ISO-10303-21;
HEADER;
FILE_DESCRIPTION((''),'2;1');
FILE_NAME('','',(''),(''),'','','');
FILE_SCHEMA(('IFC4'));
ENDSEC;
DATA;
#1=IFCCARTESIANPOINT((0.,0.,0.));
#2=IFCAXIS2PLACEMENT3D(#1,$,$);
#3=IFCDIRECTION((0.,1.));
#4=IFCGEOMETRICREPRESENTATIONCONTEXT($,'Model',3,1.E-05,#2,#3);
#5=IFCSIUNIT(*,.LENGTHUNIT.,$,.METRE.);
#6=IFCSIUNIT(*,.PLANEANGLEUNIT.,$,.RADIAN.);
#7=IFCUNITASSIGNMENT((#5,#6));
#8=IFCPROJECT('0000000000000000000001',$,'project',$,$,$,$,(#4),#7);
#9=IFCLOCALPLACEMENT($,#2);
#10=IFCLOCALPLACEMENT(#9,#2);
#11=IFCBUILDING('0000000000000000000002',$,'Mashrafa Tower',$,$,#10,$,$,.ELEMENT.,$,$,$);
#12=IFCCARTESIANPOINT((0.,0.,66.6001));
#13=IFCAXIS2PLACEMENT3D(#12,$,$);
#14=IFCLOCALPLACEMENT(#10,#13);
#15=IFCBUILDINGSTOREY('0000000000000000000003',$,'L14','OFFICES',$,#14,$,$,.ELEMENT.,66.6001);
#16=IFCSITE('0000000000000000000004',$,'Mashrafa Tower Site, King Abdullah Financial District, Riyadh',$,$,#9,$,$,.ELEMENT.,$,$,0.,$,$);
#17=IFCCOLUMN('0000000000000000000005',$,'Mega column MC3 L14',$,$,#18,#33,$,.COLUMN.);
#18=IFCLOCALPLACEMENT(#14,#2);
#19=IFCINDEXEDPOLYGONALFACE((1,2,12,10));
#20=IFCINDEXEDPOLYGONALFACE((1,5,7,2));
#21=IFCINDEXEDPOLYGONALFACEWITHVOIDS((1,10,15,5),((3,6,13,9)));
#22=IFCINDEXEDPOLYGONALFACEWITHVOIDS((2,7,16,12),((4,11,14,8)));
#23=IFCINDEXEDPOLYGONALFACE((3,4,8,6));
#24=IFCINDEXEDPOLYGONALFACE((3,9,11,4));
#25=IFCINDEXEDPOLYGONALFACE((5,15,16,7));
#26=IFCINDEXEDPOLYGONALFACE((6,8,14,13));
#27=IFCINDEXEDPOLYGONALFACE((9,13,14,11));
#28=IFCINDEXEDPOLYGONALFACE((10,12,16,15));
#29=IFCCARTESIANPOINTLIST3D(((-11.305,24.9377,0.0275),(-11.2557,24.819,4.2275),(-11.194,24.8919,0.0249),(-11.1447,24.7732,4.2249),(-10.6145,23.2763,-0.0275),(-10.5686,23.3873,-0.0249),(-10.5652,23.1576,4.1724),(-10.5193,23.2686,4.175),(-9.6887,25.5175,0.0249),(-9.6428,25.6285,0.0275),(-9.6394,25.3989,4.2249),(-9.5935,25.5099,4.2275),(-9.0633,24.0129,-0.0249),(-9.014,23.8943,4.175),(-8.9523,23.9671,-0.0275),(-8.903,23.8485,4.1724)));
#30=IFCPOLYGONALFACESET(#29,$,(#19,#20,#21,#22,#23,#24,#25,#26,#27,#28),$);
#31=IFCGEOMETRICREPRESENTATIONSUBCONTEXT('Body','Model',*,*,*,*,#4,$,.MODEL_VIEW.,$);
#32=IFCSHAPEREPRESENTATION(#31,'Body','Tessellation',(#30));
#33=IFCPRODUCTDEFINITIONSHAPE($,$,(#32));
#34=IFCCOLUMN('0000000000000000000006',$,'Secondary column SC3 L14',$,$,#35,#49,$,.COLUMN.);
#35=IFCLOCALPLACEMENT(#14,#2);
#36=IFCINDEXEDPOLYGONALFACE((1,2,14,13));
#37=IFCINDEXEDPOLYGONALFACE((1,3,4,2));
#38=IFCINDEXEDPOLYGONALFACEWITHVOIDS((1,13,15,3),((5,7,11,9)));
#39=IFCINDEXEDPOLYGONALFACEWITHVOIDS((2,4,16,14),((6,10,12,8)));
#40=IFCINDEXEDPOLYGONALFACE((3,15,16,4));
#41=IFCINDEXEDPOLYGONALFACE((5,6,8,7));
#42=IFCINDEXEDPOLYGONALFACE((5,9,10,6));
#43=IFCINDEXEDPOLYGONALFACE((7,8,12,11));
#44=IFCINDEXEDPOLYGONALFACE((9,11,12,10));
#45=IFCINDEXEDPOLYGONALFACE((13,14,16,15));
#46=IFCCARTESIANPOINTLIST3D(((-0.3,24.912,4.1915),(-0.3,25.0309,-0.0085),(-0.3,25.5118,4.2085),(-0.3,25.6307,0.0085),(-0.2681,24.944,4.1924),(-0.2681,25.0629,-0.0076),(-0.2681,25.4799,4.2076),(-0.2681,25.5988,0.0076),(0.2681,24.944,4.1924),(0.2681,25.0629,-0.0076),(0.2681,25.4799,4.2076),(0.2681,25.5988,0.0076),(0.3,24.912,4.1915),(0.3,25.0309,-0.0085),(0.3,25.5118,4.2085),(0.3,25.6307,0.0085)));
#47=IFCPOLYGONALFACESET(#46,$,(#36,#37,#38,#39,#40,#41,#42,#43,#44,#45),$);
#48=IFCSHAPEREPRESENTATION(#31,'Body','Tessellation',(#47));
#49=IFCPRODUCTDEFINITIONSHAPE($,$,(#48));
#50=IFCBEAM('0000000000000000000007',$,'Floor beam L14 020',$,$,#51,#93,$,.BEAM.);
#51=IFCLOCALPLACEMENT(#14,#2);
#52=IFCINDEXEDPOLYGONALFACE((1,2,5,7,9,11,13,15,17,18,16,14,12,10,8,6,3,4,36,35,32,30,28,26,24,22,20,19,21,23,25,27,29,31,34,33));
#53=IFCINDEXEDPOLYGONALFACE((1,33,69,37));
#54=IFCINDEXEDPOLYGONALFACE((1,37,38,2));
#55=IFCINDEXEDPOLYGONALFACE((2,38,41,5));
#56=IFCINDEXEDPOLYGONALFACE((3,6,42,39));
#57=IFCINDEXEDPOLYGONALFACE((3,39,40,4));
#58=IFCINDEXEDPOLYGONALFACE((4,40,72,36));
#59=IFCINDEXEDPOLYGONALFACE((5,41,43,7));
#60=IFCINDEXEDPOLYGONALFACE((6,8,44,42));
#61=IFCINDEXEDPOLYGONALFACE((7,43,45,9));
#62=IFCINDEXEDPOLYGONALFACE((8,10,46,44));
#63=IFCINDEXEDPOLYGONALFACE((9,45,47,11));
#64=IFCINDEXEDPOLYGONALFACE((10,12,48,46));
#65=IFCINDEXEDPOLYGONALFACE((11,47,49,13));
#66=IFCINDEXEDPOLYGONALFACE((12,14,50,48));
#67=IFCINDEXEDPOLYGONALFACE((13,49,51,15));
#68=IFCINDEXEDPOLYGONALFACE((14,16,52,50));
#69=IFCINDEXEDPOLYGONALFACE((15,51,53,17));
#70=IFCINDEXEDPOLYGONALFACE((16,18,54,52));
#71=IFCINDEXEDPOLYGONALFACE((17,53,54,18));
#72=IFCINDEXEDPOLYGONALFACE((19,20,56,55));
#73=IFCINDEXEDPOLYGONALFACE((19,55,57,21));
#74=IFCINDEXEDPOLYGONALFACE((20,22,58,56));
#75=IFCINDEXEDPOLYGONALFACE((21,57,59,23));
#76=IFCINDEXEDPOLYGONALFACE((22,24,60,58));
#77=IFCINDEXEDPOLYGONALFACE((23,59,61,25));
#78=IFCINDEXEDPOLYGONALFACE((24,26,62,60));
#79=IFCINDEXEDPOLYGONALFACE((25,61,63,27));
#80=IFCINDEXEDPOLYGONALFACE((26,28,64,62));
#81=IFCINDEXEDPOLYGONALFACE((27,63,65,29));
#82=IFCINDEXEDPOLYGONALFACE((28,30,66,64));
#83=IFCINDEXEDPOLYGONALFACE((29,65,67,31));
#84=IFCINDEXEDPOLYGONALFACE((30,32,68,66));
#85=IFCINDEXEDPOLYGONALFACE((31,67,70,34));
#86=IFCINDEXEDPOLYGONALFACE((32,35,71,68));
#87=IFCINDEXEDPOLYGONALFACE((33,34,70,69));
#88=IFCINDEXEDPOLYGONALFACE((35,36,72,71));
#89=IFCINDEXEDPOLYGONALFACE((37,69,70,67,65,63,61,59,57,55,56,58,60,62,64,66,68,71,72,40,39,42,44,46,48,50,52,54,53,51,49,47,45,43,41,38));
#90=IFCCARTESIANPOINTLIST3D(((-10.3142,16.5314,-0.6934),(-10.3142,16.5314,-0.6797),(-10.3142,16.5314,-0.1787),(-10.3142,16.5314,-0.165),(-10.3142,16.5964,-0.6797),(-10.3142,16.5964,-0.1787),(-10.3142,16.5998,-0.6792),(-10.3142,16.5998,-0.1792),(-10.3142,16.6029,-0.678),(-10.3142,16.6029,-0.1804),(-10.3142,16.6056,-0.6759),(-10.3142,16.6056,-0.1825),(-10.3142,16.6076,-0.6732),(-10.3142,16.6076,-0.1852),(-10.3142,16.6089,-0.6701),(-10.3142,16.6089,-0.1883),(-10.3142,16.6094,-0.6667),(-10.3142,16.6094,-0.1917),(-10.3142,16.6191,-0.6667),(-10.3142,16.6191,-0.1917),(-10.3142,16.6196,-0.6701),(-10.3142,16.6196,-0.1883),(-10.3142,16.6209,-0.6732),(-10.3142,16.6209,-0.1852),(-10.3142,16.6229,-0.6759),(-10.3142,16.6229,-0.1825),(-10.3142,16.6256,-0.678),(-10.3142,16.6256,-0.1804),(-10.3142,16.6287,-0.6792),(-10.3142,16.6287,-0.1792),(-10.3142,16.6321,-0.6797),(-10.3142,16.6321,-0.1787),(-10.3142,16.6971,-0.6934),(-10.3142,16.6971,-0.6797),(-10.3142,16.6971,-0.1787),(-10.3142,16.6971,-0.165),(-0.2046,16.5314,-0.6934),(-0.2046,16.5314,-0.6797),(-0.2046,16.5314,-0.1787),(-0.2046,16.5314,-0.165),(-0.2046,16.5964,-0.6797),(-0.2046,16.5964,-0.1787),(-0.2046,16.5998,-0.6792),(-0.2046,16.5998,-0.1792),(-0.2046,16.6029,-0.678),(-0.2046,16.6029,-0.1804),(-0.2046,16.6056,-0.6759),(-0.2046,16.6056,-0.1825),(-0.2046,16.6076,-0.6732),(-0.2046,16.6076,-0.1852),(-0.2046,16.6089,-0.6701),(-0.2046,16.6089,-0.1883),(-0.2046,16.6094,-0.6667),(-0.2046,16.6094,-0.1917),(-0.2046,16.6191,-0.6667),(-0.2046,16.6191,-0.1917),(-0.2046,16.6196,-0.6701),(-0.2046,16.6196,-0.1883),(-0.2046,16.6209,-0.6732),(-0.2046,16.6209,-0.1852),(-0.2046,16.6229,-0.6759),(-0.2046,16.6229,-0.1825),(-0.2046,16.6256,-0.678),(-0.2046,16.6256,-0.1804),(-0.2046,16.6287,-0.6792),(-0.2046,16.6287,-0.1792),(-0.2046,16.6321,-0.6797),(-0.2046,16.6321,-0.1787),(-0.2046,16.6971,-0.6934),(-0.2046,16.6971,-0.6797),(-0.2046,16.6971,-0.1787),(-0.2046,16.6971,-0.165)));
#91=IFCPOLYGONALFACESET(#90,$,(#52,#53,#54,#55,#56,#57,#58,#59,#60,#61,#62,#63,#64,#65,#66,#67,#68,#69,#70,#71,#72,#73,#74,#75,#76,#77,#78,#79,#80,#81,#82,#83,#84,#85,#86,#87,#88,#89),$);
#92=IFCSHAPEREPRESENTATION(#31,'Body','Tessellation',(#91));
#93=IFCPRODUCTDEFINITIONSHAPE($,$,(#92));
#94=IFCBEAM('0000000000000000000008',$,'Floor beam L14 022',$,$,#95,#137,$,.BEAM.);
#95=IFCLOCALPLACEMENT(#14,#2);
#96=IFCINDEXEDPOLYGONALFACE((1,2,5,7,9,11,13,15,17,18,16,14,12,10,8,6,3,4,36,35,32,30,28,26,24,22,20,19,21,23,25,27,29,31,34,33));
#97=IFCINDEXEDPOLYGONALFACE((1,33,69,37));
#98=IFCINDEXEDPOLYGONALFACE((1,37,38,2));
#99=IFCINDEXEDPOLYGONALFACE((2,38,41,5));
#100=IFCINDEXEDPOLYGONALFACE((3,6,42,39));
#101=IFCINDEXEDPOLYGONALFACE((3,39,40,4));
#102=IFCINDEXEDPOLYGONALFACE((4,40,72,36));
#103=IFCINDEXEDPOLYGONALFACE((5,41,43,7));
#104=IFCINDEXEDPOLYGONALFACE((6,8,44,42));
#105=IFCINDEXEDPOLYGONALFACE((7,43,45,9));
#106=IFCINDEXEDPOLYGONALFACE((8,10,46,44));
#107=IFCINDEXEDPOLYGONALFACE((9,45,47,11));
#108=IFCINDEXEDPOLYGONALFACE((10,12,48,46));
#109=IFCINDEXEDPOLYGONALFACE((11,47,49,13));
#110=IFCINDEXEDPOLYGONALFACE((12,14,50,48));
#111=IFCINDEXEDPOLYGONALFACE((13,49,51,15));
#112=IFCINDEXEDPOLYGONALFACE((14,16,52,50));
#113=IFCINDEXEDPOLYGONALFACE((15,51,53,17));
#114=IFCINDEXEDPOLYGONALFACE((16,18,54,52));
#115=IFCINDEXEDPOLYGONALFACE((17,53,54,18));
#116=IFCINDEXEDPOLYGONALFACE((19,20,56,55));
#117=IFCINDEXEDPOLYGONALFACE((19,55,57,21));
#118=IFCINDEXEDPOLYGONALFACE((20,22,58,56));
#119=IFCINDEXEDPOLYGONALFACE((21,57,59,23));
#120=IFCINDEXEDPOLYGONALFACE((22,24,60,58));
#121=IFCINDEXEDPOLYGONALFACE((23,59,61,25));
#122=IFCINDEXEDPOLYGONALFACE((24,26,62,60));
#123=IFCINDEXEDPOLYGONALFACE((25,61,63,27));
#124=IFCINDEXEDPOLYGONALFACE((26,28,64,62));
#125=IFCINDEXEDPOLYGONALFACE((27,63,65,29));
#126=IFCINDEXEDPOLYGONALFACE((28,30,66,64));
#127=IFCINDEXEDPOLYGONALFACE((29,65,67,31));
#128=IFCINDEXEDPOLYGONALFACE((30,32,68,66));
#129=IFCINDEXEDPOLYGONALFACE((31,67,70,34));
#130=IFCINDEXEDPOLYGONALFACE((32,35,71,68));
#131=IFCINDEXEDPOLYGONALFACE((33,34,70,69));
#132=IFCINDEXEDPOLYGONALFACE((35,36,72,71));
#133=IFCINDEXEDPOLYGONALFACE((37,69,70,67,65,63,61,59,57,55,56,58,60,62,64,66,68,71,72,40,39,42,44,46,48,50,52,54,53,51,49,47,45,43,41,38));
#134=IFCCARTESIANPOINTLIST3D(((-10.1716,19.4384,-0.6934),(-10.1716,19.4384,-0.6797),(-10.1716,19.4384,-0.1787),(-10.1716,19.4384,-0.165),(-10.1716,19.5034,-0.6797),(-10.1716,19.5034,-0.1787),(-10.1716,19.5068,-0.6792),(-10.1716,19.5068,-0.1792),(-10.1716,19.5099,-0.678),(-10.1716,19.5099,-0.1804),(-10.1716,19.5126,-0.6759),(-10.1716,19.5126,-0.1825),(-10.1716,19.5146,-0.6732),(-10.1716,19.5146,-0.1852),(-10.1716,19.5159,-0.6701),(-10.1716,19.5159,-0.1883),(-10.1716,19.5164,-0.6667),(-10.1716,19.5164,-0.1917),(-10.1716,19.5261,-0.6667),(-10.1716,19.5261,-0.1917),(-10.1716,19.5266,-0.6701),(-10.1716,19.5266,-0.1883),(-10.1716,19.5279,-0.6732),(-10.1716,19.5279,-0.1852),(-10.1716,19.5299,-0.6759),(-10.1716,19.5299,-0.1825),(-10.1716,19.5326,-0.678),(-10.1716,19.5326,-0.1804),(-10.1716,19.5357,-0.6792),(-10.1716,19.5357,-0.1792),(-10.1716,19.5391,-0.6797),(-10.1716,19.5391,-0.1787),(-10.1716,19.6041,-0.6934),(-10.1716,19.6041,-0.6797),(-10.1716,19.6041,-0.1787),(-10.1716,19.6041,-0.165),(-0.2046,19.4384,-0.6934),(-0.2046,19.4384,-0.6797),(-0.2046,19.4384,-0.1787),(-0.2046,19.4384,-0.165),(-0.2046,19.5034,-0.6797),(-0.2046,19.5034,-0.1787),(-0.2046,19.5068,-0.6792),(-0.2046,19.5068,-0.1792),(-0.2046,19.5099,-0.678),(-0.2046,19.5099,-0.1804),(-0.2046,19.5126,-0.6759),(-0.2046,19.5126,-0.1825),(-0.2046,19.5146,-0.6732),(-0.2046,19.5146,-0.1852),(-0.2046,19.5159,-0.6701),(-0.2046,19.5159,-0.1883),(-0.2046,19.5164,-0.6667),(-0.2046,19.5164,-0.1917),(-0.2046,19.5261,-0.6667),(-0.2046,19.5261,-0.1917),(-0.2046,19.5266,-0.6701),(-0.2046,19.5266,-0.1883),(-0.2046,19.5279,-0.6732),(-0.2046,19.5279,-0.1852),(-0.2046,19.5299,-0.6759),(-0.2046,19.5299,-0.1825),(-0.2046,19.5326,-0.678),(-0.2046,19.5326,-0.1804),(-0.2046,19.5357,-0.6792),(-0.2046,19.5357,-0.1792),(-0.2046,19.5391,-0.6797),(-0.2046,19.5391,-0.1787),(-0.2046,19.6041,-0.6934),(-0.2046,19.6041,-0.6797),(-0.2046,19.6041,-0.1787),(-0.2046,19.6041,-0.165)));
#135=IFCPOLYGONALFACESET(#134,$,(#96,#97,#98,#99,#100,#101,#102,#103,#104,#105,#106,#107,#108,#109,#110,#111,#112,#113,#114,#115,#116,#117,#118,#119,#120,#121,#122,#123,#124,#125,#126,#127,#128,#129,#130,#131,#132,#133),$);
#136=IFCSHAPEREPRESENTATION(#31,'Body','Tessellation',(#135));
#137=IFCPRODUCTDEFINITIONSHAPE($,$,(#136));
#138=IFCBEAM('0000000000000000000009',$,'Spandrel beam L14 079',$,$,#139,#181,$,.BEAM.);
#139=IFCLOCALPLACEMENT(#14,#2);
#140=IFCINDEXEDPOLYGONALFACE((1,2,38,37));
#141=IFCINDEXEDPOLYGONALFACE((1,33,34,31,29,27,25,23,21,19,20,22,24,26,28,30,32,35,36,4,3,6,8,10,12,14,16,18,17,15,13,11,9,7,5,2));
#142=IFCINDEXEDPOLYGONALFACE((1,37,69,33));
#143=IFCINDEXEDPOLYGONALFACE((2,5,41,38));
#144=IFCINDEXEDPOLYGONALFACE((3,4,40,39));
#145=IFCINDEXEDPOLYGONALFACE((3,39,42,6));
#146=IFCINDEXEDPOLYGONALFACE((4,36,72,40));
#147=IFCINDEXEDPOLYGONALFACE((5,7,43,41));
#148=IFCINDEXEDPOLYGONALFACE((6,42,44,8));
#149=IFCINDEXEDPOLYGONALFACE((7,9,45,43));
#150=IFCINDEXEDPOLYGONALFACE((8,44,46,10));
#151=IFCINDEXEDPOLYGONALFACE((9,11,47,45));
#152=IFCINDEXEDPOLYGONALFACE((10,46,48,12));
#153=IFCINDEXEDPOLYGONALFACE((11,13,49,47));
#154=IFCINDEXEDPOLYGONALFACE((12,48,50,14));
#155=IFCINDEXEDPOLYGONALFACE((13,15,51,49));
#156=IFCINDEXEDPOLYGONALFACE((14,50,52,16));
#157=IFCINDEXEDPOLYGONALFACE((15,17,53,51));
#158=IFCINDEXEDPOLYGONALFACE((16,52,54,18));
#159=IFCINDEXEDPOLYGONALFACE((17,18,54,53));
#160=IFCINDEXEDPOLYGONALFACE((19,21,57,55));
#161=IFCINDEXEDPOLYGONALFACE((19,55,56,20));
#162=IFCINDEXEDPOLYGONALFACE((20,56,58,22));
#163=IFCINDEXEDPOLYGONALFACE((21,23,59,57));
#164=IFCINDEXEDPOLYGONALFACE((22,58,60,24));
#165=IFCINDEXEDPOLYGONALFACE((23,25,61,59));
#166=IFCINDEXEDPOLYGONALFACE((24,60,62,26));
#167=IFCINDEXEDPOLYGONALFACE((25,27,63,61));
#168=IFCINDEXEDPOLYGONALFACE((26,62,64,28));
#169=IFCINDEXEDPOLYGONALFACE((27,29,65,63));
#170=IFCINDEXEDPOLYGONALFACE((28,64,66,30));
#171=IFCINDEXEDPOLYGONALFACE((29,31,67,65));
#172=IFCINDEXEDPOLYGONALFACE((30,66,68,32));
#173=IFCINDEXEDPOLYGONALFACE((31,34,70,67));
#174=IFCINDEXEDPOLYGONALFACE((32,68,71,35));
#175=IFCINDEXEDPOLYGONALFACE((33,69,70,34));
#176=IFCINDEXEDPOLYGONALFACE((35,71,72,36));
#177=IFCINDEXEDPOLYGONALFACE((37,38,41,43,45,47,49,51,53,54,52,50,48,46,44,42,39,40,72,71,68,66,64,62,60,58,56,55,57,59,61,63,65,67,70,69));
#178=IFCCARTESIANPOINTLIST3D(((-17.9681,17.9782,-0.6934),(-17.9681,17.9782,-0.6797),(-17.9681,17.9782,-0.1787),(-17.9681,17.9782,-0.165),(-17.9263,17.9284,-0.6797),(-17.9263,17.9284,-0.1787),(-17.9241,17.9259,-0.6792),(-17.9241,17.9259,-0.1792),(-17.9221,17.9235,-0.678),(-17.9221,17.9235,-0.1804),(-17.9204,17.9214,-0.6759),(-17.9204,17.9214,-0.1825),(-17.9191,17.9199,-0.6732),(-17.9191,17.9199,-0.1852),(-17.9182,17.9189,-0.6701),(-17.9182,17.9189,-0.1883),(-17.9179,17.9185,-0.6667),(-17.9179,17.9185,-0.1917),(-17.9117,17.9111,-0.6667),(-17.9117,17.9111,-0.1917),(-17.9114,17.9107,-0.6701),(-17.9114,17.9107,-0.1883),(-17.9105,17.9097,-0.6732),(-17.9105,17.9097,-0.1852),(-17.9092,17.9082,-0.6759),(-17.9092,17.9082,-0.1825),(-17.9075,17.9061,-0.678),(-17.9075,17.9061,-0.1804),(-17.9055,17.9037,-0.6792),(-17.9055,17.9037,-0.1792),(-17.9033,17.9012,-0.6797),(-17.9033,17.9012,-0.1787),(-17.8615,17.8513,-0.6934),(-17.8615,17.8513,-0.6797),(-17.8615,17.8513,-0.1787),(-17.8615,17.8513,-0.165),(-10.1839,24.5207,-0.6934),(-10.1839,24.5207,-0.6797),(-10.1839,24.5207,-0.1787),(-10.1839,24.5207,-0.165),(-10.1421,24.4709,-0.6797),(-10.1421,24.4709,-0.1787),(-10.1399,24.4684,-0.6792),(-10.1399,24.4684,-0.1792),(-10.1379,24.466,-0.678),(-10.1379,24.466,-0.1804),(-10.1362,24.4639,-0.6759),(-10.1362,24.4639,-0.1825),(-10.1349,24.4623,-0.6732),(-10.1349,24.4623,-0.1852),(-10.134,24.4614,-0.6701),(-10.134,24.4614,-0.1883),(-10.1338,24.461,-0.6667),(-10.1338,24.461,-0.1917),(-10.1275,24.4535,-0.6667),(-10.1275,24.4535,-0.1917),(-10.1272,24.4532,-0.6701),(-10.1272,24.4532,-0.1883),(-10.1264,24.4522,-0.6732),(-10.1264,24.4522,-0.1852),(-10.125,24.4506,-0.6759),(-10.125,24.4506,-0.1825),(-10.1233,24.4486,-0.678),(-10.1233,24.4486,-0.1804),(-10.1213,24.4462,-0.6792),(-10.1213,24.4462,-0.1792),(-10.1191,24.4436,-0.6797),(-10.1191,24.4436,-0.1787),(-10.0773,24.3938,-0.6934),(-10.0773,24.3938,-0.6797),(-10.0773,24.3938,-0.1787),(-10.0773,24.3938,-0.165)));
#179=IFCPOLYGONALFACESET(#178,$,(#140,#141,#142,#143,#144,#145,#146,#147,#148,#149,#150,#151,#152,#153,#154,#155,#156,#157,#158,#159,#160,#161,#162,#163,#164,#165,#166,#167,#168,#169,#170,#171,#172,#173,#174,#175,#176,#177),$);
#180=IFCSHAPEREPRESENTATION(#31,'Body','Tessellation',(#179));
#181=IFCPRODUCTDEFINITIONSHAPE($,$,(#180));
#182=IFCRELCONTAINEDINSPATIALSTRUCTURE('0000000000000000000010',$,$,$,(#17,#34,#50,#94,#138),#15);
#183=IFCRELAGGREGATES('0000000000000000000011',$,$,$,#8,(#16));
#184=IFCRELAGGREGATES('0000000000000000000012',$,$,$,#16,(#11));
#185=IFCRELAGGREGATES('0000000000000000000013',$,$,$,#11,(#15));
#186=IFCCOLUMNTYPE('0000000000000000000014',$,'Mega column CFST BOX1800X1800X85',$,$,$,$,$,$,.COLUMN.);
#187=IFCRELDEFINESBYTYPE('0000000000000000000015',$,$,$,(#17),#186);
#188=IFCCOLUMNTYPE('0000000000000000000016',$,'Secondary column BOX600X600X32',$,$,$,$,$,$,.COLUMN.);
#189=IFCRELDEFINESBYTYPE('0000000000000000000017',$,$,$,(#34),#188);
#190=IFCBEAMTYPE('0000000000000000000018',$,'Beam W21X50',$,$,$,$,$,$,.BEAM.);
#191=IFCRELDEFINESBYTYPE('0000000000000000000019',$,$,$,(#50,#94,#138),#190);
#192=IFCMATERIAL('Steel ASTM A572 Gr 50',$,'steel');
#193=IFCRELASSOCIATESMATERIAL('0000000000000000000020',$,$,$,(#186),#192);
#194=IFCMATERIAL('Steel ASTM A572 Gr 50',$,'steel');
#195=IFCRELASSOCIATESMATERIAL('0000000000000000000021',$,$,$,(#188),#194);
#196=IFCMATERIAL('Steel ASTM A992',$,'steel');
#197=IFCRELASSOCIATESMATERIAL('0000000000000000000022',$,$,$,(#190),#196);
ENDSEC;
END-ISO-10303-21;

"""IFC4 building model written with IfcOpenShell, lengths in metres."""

from ifc_helpers import new_model, si_unit, direction, frame, origin, origin_2d, place, context, subcontext, project, spatial, hollow_rectangle, i_section, extrude, material, material_profile, profile_set, type_object, element, save


model = new_model("IFC4")

# Units and contexts
model_context = context("Model", 3, precision=1e-05, world=origin(), true_north=direction((0.0, 1.0)))
body_context = subcontext(model_context, "Body", "Model", "MODEL_VIEW")
ifc_project = project(units=[si_unit("LENGTHUNIT", "METRE"), si_unit("PLANEANGLEUNIT", "RADIAN")], contexts=[model_context])

# Site, building, storey
site_placement = place(None, origin())
site = spatial("IfcSite", under=ifc_project, at=site_placement, Name="Mashrafa Tower Site, King Abdullah Financial District, Riyadh", CompositionType="ELEMENT", RefElevation=0.0)
building_placement = place(site_placement, origin())
building = spatial("IfcBuilding", under=site, at=building_placement, Name="Mashrafa Tower", CompositionType="ELEMENT")
storey_placement = place(building_placement, frame((0.0, 0.0, 66.6001)))
storey = spatial("IfcBuildingStorey", under=building, at=storey_placement, Name="L14", Description="OFFICES", CompositionType="ELEMENT", Elevation=66.6001)

# Columns
ifc_material_1 = material(Name="Steel ASTM A572 Gr 50", Category="steel")
ifc_material_profile_1 = material_profile(ifc_material_1, hollow_rectangle(XDim=1.8, YDim=1.8, WallThickness=0.085, at=origin_2d()), Name="BOX1800X1800X85")
ifc_profile_set_1 = profile_set([ifc_material_profile_1], Name="Steel ASTM A572 Gr 50")
column_type_1 = type_object("IfcColumnType", Name="Mega column CFST BOX1800X1800X85", PredefinedType="COLUMN", material=ifc_profile_set_1)
column_1_placement = place(storey_placement, frame((-10.1287, 24.4524, 0.0), z_axis=(0.011737, -0.028238, 0.999532), x_axis=(0.923414, 0.383806, 0.0)))
element("IfcColumn", 1, at=column_1_placement, inside=storey, type_object=column_type_1, Name="Mega column MC3 L14", PredefinedType="COLUMN", context=body_context, shape_type="SweptSolid", body=[
    extrude(hollow_rectangle(XDim=1.8, YDim=1.8, WallThickness=0.085, at=origin_2d()), origin(), (0.0, 0.0, 1.0), 4.2019),
])
ifc_material_2 = material(Name="Steel ASTM A572 Gr 50", Category="steel")
ifc_material_profile_2 = material_profile(ifc_material_2, hollow_rectangle(XDim=0.6001, YDim=0.6001, WallThickness=0.032, at=origin_2d()), Name="BOX600X600X32")
ifc_profile_set_2 = profile_set([ifc_material_profile_2], Name="Steel ASTM A572 Gr 50")
column_type_2 = type_object("IfcColumnType", Name="Secondary column BOX600X600X32", PredefinedType="COLUMN", material=ifc_profile_set_2)
column_2_placement = place(storey_placement, frame((0.0, 25.3308, 0.0), z_axis=(0.0, -0.028298, 0.9996), x_axis=(1.0, 0.0, 0.0)))
element("IfcColumn", 2, at=column_2_placement, inside=storey, type_object=column_type_2, Name="Secondary column SC3 L14", PredefinedType="COLUMN", context=body_context, shape_type="SweptSolid", body=[
    extrude(hollow_rectangle(XDim=0.6001, YDim=0.6001, WallThickness=0.032, at=origin_2d()), origin(), (0.0, 0.0, 1.0), 4.2017),
])

# Beams
ifc_material_3 = material(Name="Steel ASTM A992", Category="steel")
ifc_material_profile_3 = material_profile(ifc_material_3, i_section(OverallWidth=0.1658, OverallDepth=0.5283, WebThickness=0.0098, FlangeThickness=0.0137, FilletRadius=0.0129, at=origin_2d()), Name="W21X50")
ifc_profile_set_3 = profile_set([ifc_material_profile_3], Name="Steel ASTM A992")
beam_type_1 = type_object("IfcBeamType", Name="Beam W21X50", PredefinedType="BEAM", material=ifc_profile_set_3)
beam_1_placement = place(storey_placement, frame((-10.3142, 16.6143, -0.4292), z_axis=(1.0, 0.0, 0.0), x_axis=(0.0, 1.0, 0.0)))
element("IfcBeam", 3, at=beam_1_placement, inside=storey, type_object=beam_type_1, Name="Floor beam L14 020", PredefinedType="BEAM", context=body_context, shape_type="SweptSolid", body=[
    extrude(i_section(OverallWidth=0.1658, OverallDepth=0.5283, WebThickness=0.0098, FlangeThickness=0.0137, FilletRadius=0.0129, at=origin_2d()), origin(), (0.0, 0.0, 1.0), 10.1096),
])
beam_2_placement = place(storey_placement, frame((-10.1716, 19.5212, -0.4292), z_axis=(1.0, 0.0, 0.0), x_axis=(0.0, 1.0, 0.0)))
element("IfcBeam", 4, at=beam_2_placement, inside=storey, type_object=beam_type_1, Name="Floor beam L14 022", PredefinedType="BEAM", context=body_context, shape_type="SweptSolid", body=[
    extrude(i_section(OverallWidth=0.1658, OverallDepth=0.5283, WebThickness=0.0098, FlangeThickness=0.0137, FilletRadius=0.0129, at=origin_2d()), origin(), (0.0, 0.0, 1.0), 9.967),
])
beam_3_placement = place(storey_placement, frame((-10.1306, 24.4573, -0.4292), z_axis=(-0.765522, -0.643409, 0.0), x_axis=(0.643409, -0.765522, 0.0)))
element("IfcBeam", 5, at=beam_3_placement, inside=storey, type_object=beam_type_1, Name="Spandrel beam L14 079", PredefinedType="BEAM", context=body_context, shape_type="SweptSolid", body=[
    extrude(i_section(OverallWidth=0.1658, OverallDepth=0.5283, WebThickness=0.0098, FlangeThickness=0.0137, FilletRadius=0.0129, at=origin_2d()), origin(), (0.0, 0.0, 1.0), 10.1685),
])

save(model, "model.ifc")
